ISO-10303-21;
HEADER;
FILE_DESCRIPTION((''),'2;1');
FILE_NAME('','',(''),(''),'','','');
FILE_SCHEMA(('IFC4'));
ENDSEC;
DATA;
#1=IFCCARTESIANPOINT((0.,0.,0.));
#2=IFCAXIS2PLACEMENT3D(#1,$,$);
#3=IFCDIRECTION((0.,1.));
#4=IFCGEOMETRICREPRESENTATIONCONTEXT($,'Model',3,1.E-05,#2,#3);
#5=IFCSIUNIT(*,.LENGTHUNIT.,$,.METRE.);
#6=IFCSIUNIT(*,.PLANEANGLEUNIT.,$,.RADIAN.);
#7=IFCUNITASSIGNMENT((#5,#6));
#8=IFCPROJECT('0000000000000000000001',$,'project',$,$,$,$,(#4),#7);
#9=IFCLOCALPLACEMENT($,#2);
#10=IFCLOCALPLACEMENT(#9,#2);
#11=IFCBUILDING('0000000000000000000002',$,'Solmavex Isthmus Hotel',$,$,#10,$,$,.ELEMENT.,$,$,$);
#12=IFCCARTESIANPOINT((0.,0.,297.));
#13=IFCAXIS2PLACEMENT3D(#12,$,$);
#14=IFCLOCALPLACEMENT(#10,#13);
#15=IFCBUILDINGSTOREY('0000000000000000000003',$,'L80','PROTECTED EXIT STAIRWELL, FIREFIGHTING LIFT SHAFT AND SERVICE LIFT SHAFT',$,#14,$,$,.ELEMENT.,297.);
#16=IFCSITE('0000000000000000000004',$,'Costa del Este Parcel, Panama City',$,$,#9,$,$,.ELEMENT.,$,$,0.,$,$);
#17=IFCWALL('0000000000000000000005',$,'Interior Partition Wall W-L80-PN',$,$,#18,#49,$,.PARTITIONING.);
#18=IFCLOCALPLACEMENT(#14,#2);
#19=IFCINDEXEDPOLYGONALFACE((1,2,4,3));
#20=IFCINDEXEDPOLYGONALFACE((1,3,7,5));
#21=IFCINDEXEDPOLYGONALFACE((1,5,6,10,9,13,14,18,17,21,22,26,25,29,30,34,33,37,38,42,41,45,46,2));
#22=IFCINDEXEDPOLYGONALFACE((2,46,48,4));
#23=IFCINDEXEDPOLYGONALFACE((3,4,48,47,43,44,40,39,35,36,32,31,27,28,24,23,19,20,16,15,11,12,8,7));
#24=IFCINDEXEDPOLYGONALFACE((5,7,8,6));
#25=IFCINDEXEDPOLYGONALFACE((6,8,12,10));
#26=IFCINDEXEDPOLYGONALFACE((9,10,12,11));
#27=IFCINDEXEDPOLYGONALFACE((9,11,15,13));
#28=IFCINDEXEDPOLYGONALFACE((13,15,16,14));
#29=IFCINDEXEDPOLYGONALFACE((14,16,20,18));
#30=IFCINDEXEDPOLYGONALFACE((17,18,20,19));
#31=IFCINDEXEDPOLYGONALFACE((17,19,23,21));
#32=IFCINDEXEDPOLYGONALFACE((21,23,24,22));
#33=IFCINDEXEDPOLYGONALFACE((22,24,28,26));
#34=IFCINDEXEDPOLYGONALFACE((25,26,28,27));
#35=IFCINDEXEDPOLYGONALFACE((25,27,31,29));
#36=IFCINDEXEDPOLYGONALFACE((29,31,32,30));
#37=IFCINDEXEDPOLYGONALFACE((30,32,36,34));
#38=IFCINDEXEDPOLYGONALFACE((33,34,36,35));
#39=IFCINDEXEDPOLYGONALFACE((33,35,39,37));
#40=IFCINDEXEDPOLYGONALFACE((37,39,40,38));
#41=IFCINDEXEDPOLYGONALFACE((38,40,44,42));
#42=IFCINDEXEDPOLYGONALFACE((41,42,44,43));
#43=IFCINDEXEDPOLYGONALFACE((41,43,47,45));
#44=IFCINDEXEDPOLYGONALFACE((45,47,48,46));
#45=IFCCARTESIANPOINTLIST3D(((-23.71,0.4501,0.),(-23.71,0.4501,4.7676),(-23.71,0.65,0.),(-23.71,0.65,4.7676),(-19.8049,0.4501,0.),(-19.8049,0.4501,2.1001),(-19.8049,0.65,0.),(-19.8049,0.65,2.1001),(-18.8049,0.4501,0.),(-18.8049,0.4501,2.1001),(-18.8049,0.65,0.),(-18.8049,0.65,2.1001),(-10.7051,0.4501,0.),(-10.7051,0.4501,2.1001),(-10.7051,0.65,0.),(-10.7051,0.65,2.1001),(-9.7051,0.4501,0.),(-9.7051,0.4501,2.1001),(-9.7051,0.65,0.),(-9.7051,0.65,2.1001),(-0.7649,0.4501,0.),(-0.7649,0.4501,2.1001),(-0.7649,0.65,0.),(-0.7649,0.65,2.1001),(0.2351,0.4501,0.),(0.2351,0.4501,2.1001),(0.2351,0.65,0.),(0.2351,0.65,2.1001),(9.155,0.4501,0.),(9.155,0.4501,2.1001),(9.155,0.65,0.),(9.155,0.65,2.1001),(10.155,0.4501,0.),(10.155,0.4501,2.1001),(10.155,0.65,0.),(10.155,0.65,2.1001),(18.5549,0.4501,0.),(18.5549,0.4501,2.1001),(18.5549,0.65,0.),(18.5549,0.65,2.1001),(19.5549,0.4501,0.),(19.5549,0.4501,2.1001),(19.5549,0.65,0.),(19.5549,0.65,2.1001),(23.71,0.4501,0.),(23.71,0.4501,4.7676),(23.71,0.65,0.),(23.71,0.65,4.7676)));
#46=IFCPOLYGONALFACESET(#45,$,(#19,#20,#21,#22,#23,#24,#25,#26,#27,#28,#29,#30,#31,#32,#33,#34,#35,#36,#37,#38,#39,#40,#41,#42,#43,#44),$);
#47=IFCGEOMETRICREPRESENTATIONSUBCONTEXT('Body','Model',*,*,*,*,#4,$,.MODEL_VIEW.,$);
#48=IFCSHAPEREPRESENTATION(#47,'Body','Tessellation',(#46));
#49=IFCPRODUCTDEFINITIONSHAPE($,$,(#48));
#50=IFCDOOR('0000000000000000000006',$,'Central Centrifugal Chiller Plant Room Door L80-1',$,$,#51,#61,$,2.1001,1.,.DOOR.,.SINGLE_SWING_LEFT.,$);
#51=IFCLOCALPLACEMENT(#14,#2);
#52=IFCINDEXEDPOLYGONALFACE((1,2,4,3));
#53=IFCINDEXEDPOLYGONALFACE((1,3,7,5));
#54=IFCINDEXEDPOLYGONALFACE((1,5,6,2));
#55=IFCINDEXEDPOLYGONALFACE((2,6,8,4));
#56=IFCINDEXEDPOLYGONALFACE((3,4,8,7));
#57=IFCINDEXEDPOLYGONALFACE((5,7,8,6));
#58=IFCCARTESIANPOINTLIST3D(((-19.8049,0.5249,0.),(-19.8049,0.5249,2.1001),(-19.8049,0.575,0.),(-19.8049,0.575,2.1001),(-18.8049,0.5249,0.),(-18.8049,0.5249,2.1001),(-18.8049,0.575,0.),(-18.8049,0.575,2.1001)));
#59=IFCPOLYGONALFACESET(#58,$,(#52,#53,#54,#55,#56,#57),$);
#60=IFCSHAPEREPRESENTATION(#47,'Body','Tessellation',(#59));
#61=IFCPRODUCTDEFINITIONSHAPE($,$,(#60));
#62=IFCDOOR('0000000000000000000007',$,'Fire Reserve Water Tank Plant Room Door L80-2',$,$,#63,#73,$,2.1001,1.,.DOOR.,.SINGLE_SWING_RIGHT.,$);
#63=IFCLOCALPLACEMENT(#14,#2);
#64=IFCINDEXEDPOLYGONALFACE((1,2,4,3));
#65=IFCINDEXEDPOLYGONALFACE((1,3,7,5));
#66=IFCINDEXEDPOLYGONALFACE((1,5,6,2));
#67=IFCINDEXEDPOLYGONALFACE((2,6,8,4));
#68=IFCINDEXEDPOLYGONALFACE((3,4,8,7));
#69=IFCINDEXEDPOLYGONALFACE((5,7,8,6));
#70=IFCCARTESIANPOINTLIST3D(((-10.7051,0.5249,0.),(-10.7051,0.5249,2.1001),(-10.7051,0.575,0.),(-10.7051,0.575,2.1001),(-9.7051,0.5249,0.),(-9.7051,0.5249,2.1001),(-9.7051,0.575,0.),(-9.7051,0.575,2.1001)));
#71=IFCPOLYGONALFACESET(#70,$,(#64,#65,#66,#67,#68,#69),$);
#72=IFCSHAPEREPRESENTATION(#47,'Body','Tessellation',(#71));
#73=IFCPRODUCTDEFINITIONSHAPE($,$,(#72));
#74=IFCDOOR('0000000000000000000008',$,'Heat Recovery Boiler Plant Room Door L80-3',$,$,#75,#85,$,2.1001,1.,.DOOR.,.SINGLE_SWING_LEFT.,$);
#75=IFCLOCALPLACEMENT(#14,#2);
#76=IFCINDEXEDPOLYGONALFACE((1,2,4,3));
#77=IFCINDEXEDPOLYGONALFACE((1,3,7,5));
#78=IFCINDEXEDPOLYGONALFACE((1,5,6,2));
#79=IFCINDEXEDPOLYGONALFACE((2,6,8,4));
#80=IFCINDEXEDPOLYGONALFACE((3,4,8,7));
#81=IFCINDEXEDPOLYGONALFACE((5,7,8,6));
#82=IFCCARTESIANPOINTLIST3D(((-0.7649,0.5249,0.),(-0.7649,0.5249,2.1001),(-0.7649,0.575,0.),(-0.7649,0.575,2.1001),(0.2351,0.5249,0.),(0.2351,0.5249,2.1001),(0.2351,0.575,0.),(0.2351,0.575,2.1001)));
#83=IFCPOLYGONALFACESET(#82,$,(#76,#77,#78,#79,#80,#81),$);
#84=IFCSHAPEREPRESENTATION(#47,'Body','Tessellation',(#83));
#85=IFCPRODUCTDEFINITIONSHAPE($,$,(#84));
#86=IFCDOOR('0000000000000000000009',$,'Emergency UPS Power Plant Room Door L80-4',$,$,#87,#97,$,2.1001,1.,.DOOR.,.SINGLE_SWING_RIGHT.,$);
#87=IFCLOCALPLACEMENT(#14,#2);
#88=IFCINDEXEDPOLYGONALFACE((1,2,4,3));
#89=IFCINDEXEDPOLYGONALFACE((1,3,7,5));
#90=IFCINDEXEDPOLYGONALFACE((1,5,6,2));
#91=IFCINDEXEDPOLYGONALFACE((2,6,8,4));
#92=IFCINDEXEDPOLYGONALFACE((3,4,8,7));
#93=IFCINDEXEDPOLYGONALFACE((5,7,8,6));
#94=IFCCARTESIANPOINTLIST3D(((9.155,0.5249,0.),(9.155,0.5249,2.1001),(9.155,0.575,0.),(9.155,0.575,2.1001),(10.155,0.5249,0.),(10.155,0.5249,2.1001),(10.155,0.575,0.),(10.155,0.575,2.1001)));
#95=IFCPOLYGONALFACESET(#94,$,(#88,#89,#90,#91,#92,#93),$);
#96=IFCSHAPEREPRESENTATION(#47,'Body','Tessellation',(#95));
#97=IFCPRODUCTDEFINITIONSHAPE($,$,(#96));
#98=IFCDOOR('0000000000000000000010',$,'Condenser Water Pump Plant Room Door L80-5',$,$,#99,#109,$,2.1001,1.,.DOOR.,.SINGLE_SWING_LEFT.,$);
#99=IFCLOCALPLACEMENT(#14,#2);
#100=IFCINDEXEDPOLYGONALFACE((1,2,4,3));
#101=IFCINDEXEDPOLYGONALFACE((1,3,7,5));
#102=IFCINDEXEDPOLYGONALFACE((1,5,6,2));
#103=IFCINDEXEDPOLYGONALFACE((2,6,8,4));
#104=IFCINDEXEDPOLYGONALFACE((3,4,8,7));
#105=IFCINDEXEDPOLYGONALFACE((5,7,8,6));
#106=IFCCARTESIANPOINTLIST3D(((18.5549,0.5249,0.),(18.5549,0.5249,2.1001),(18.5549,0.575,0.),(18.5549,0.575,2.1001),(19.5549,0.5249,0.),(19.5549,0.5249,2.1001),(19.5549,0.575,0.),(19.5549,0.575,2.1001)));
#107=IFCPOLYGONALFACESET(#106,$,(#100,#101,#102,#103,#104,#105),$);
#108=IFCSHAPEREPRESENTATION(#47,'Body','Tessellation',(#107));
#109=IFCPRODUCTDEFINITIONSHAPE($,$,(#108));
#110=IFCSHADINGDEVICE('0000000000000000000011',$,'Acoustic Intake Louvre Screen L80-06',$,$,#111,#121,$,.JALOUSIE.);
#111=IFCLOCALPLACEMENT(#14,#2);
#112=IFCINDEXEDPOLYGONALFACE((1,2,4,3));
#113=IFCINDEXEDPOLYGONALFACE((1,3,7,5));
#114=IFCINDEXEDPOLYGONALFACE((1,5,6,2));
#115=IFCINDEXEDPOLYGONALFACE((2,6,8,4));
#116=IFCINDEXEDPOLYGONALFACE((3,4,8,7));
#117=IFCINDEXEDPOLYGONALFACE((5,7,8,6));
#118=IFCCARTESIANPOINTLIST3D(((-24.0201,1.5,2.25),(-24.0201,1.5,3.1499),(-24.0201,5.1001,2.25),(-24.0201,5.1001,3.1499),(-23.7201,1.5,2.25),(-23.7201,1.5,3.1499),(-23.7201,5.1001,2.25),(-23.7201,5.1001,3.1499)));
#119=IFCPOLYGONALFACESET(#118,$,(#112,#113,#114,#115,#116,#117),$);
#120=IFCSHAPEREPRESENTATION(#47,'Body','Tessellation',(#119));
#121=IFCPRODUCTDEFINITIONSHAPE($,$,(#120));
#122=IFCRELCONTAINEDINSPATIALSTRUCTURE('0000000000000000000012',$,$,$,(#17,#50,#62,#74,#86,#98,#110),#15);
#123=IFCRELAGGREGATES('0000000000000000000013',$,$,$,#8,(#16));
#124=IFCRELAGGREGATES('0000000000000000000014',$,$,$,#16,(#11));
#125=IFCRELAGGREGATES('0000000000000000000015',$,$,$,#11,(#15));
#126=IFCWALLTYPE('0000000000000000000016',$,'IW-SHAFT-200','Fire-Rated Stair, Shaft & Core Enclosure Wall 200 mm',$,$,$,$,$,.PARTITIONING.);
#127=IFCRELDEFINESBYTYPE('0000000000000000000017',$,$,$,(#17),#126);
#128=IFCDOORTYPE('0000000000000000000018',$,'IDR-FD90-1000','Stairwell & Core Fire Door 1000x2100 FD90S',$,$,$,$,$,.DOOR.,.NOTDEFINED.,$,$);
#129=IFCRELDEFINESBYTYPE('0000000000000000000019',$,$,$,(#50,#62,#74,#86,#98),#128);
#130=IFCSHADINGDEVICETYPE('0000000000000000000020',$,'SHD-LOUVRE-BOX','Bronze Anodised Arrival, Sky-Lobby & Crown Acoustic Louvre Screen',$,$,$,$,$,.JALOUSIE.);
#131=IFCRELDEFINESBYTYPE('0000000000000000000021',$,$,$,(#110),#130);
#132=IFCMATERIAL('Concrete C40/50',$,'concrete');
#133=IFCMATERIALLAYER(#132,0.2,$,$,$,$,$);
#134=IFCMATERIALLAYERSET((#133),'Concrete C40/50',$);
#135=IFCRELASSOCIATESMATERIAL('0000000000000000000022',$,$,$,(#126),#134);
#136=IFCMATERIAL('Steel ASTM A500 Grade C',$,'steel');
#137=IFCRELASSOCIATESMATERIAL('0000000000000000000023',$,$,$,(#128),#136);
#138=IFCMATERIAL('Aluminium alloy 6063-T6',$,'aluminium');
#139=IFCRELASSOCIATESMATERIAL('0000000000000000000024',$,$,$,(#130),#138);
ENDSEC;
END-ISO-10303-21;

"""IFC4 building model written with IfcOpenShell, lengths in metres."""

from ifc_helpers import new_model, si_unit, direction, frame, frame_2d, origin, origin_2d, place, context, subcontext, project, spatial, rectangle, extrude, material, layer, layer_set, type_object, element, fill, save


model = new_model("IFC4")

# Units and contexts
model_context = context("Model", 3, precision=1e-05, world=origin(), true_north=direction((0.0, 1.0)))
body_context = subcontext(model_context, "Body", "Model", "MODEL_VIEW")
ifc_project = project(units=[si_unit("LENGTHUNIT", "METRE"), si_unit("PLANEANGLEUNIT", "RADIAN")], contexts=[model_context])

# Site, building, storey
site_placement = place(None, origin())
site = spatial("IfcSite", under=ifc_project, at=site_placement, Name="Costa del Este Parcel, Panama City", CompositionType="ELEMENT", RefElevation=0.0)
building_placement = place(site_placement, origin())
building = spatial("IfcBuilding", under=site, at=building_placement, Name="Solmavex Isthmus Hotel", CompositionType="ELEMENT")
storey_placement = place(building_placement, frame((0.0, 0.0, 297.0)))
storey = spatial("IfcBuildingStorey", under=building, at=storey_placement, Name="L80", Description="PROTECTED EXIT STAIRWELL, FIREFIGHTING LIFT SHAFT AND SERVICE LIFT SHAFT", CompositionType="ELEMENT", Elevation=297.0)

# Shared definitions
ifc_material_1 = material(Name="Concrete C40/50", Category="concrete")

# Wall, openings, doors
ifc_layer_1 = layer(ifc_material_1, 0.2)
ifc_layer_set_1 = layer_set([ifc_layer_1], Name="Concrete C40/50")
wall_type_1 = type_object("IfcWallType", Name="IW-SHAFT-200", Description="Fire-Rated Stair, Shaft & Core Enclosure Wall 200 mm", PredefinedType="PARTITIONING", material=ifc_layer_set_1)
wall_1_placement = place(storey_placement, frame((-23.71, 0.55, 0.0), z_axis=(0.0, 0.0, 1.0), x_axis=(1.0, 0.0, 0.0)))
wall_1 = element("IfcWall", 1, at=wall_1_placement, inside=storey, type_object=wall_type_1, Name="Interior Partition Wall W-L80-PN", PredefinedType="PARTITIONING", context=body_context, shape_type="SweptSolid", body=[
    extrude(rectangle(XDim=47.4199, YDim=0.2, at=frame_2d((23.71, 0.0))), origin(), (0.0, 0.0, 1.0), 4.7676),
])
opening_1_placement = place(wall_1_placement, frame((3.905, 0.0, 0.0)))
opening_1 = element("IfcOpeningElement", 2, at=opening_1_placement, cuts=wall_1, PredefinedType="OPENING", context=body_context, shape_type="SweptSolid", body=[
    extrude(rectangle(XDim=1.0, YDim=2.1001, at=frame_2d((0.5, 1.05))), frame((0.0, 0.1099, 0.0), z_axis=(0.0, -1.0, 0.0), x_axis=(1.0, 0.0, 0.0)), (0.0, 0.0, 1.0), 0.22),
])
opening_2_placement = place(wall_1_placement, frame((13.0049, 0.0, 0.0)))
opening_2 = element("IfcOpeningElement", 3, at=opening_2_placement, cuts=wall_1, PredefinedType="OPENING", context=body_context, shape_type="SweptSolid", body=[
    extrude(rectangle(XDim=1.0, YDim=2.1001, at=frame_2d((0.5, 1.05))), frame((0.0, 0.1099, 0.0), z_axis=(0.0, -1.0, 0.0), x_axis=(1.0, 0.0, 0.0)), (0.0, 0.0, 1.0), 0.22),
])
opening_3_placement = place(wall_1_placement, frame((22.9451, 0.0, 0.0)))
opening_3 = element("IfcOpeningElement", 4, at=opening_3_placement, cuts=wall_1, PredefinedType="OPENING", context=body_context, shape_type="SweptSolid", body=[
    extrude(rectangle(XDim=1.0, YDim=2.1001, at=frame_2d((0.5, 1.05))), frame((0.0, 0.1099, 0.0), z_axis=(0.0, -1.0, 0.0), x_axis=(1.0, 0.0, 0.0)), (0.0, 0.0, 1.0), 0.22),
])
opening_4_placement = place(wall_1_placement, frame((32.865, 0.0, 0.0)))
opening_4 = element("IfcOpeningElement", 5, at=opening_4_placement, cuts=wall_1, PredefinedType="OPENING", context=body_context, shape_type="SweptSolid", body=[
    extrude(rectangle(XDim=1.0, YDim=2.1001, at=frame_2d((0.5, 1.05))), frame((0.0, 0.1099, 0.0), z_axis=(0.0, -1.0, 0.0), x_axis=(1.0, 0.0, 0.0)), (0.0, 0.0, 1.0), 0.22),
])
opening_5_placement = place(wall_1_placement, frame((42.2649, 0.0, 0.0)))
opening_5 = element("IfcOpeningElement", 6, at=opening_5_placement, cuts=wall_1, PredefinedType="OPENING", context=body_context, shape_type="SweptSolid", body=[
    extrude(rectangle(XDim=1.0, YDim=2.1001, at=frame_2d((0.5, 1.05))), frame((0.0, 0.1099, 0.0), z_axis=(0.0, -1.0, 0.0), x_axis=(1.0, 0.0, 0.0)), (0.0, 0.0, 1.0), 0.22),
])
ifc_material_2 = material(Name="Steel ASTM A500 Grade C", Category="steel")
door_type = type_object("IfcDoorType", Name="IDR-FD90-1000", Description="Stairwell & Core Fire Door 1000x2100 FD90S", OperationType="NOTDEFINED", PredefinedType="DOOR", material=ifc_material_2)
door_1_placement = place(opening_1_placement, origin())
door_1 = element("IfcDoor", 7, at=door_1_placement, inside=storey, type_object=door_type, Name="Central Centrifugal Chiller Plant Room Door L80-1", OperationType="SINGLE_SWING_LEFT", OverallHeight=2.1001, OverallWidth=1.0, PredefinedType="DOOR", context=body_context, shape_type="SweptSolid", body=[
    extrude(rectangle(XDim=1.0, YDim=2.1001, at=frame_2d((0.5, 1.05))), frame((0.0, 0.0249, 0.0), z_axis=(0.0, -1.0, 0.0), x_axis=(1.0, 0.0, 0.0)), (0.0, 0.0, 1.0), 0.05),
])
fill(opening_1, door_1)
door_2_placement = place(opening_2_placement, origin())
door_2 = element("IfcDoor", 8, at=door_2_placement, inside=storey, type_object=door_type, Name="Fire Reserve Water Tank Plant Room Door L80-2", OperationType="SINGLE_SWING_RIGHT", OverallHeight=2.1001, OverallWidth=1.0, PredefinedType="DOOR", context=body_context, shape_type="SweptSolid", body=[
    extrude(rectangle(XDim=1.0, YDim=2.1001, at=frame_2d((0.5, 1.05))), frame((0.0, 0.0249, 0.0), z_axis=(0.0, -1.0, 0.0), x_axis=(1.0, 0.0, 0.0)), (0.0, 0.0, 1.0), 0.05),
])
fill(opening_2, door_2)
door_3_placement = place(opening_3_placement, origin())
door_3 = element("IfcDoor", 9, at=door_3_placement, inside=storey, type_object=door_type, Name="Heat Recovery Boiler Plant Room Door L80-3", OperationType="SINGLE_SWING_LEFT", OverallHeight=2.1001, OverallWidth=1.0, PredefinedType="DOOR", context=body_context, shape_type="SweptSolid", body=[
    extrude(rectangle(XDim=1.0, YDim=2.1001, at=frame_2d((0.5, 1.05))), frame((0.0, 0.0249, 0.0), z_axis=(0.0, -1.0, 0.0), x_axis=(1.0, 0.0, 0.0)), (0.0, 0.0, 1.0), 0.05),
])
fill(opening_3, door_3)
door_4_placement = place(opening_4_placement, origin())
door_4 = element("IfcDoor", 10, at=door_4_placement, inside=storey, type_object=door_type, Name="Emergency UPS Power Plant Room Door L80-4", OperationType="SINGLE_SWING_RIGHT", OverallHeight=2.1001, OverallWidth=1.0, PredefinedType="DOOR", context=body_context, shape_type="SweptSolid", body=[
    extrude(rectangle(XDim=1.0, YDim=2.1001, at=frame_2d((0.5, 1.05))), frame((0.0, 0.0249, 0.0), z_axis=(0.0, -1.0, 0.0), x_axis=(1.0, 0.0, 0.0)), (0.0, 0.0, 1.0), 0.05),
])
fill(opening_4, door_4)
door_5_placement = place(opening_5_placement, origin())
door_5 = element("IfcDoor", 11, at=door_5_placement, inside=storey, type_object=door_type, Name="Condenser Water Pump Plant Room Door L80-5", OperationType="SINGLE_SWING_LEFT", OverallHeight=2.1001, OverallWidth=1.0, PredefinedType="DOOR", context=body_context, shape_type="SweptSolid", body=[
    extrude(rectangle(XDim=1.0, YDim=2.1001, at=frame_2d((0.5, 1.05))), frame((0.0, 0.0249, 0.0), z_axis=(0.0, -1.0, 0.0), x_axis=(1.0, 0.0, 0.0)), (0.0, 0.0, 1.0), 0.05),
])
fill(opening_5, door_5)

# Shading device
ifc_material_3 = material(Name="Aluminium alloy 6063-T6", Category="aluminium")
shading_device_type = type_object("IfcShadingDeviceType", Name="SHD-LOUVRE-BOX", Description="Bronze Anodised Arrival, Sky-Lobby & Crown Acoustic Louvre Screen", PredefinedType="JALOUSIE", material=ifc_material_3)
shading_device_placement = place(storey_placement, frame((-23.8701, 3.3, 2.25), z_axis=(0.0, 0.0, 1.0), x_axis=(0.0, 1.0, 0.0)))
element("IfcShadingDevice", 12, at=shading_device_placement, inside=storey, type_object=shading_device_type, Name="Acoustic Intake Louvre Screen L80-06", PredefinedType="JALOUSIE", context=body_context, shape_type="SweptSolid", body=[
    extrude(rectangle(XDim=3.6001, YDim=0.3, at=origin_2d()), origin(), (0.0, 0.0, 1.0), 0.8999),
])

save(model, "model.ifc")
